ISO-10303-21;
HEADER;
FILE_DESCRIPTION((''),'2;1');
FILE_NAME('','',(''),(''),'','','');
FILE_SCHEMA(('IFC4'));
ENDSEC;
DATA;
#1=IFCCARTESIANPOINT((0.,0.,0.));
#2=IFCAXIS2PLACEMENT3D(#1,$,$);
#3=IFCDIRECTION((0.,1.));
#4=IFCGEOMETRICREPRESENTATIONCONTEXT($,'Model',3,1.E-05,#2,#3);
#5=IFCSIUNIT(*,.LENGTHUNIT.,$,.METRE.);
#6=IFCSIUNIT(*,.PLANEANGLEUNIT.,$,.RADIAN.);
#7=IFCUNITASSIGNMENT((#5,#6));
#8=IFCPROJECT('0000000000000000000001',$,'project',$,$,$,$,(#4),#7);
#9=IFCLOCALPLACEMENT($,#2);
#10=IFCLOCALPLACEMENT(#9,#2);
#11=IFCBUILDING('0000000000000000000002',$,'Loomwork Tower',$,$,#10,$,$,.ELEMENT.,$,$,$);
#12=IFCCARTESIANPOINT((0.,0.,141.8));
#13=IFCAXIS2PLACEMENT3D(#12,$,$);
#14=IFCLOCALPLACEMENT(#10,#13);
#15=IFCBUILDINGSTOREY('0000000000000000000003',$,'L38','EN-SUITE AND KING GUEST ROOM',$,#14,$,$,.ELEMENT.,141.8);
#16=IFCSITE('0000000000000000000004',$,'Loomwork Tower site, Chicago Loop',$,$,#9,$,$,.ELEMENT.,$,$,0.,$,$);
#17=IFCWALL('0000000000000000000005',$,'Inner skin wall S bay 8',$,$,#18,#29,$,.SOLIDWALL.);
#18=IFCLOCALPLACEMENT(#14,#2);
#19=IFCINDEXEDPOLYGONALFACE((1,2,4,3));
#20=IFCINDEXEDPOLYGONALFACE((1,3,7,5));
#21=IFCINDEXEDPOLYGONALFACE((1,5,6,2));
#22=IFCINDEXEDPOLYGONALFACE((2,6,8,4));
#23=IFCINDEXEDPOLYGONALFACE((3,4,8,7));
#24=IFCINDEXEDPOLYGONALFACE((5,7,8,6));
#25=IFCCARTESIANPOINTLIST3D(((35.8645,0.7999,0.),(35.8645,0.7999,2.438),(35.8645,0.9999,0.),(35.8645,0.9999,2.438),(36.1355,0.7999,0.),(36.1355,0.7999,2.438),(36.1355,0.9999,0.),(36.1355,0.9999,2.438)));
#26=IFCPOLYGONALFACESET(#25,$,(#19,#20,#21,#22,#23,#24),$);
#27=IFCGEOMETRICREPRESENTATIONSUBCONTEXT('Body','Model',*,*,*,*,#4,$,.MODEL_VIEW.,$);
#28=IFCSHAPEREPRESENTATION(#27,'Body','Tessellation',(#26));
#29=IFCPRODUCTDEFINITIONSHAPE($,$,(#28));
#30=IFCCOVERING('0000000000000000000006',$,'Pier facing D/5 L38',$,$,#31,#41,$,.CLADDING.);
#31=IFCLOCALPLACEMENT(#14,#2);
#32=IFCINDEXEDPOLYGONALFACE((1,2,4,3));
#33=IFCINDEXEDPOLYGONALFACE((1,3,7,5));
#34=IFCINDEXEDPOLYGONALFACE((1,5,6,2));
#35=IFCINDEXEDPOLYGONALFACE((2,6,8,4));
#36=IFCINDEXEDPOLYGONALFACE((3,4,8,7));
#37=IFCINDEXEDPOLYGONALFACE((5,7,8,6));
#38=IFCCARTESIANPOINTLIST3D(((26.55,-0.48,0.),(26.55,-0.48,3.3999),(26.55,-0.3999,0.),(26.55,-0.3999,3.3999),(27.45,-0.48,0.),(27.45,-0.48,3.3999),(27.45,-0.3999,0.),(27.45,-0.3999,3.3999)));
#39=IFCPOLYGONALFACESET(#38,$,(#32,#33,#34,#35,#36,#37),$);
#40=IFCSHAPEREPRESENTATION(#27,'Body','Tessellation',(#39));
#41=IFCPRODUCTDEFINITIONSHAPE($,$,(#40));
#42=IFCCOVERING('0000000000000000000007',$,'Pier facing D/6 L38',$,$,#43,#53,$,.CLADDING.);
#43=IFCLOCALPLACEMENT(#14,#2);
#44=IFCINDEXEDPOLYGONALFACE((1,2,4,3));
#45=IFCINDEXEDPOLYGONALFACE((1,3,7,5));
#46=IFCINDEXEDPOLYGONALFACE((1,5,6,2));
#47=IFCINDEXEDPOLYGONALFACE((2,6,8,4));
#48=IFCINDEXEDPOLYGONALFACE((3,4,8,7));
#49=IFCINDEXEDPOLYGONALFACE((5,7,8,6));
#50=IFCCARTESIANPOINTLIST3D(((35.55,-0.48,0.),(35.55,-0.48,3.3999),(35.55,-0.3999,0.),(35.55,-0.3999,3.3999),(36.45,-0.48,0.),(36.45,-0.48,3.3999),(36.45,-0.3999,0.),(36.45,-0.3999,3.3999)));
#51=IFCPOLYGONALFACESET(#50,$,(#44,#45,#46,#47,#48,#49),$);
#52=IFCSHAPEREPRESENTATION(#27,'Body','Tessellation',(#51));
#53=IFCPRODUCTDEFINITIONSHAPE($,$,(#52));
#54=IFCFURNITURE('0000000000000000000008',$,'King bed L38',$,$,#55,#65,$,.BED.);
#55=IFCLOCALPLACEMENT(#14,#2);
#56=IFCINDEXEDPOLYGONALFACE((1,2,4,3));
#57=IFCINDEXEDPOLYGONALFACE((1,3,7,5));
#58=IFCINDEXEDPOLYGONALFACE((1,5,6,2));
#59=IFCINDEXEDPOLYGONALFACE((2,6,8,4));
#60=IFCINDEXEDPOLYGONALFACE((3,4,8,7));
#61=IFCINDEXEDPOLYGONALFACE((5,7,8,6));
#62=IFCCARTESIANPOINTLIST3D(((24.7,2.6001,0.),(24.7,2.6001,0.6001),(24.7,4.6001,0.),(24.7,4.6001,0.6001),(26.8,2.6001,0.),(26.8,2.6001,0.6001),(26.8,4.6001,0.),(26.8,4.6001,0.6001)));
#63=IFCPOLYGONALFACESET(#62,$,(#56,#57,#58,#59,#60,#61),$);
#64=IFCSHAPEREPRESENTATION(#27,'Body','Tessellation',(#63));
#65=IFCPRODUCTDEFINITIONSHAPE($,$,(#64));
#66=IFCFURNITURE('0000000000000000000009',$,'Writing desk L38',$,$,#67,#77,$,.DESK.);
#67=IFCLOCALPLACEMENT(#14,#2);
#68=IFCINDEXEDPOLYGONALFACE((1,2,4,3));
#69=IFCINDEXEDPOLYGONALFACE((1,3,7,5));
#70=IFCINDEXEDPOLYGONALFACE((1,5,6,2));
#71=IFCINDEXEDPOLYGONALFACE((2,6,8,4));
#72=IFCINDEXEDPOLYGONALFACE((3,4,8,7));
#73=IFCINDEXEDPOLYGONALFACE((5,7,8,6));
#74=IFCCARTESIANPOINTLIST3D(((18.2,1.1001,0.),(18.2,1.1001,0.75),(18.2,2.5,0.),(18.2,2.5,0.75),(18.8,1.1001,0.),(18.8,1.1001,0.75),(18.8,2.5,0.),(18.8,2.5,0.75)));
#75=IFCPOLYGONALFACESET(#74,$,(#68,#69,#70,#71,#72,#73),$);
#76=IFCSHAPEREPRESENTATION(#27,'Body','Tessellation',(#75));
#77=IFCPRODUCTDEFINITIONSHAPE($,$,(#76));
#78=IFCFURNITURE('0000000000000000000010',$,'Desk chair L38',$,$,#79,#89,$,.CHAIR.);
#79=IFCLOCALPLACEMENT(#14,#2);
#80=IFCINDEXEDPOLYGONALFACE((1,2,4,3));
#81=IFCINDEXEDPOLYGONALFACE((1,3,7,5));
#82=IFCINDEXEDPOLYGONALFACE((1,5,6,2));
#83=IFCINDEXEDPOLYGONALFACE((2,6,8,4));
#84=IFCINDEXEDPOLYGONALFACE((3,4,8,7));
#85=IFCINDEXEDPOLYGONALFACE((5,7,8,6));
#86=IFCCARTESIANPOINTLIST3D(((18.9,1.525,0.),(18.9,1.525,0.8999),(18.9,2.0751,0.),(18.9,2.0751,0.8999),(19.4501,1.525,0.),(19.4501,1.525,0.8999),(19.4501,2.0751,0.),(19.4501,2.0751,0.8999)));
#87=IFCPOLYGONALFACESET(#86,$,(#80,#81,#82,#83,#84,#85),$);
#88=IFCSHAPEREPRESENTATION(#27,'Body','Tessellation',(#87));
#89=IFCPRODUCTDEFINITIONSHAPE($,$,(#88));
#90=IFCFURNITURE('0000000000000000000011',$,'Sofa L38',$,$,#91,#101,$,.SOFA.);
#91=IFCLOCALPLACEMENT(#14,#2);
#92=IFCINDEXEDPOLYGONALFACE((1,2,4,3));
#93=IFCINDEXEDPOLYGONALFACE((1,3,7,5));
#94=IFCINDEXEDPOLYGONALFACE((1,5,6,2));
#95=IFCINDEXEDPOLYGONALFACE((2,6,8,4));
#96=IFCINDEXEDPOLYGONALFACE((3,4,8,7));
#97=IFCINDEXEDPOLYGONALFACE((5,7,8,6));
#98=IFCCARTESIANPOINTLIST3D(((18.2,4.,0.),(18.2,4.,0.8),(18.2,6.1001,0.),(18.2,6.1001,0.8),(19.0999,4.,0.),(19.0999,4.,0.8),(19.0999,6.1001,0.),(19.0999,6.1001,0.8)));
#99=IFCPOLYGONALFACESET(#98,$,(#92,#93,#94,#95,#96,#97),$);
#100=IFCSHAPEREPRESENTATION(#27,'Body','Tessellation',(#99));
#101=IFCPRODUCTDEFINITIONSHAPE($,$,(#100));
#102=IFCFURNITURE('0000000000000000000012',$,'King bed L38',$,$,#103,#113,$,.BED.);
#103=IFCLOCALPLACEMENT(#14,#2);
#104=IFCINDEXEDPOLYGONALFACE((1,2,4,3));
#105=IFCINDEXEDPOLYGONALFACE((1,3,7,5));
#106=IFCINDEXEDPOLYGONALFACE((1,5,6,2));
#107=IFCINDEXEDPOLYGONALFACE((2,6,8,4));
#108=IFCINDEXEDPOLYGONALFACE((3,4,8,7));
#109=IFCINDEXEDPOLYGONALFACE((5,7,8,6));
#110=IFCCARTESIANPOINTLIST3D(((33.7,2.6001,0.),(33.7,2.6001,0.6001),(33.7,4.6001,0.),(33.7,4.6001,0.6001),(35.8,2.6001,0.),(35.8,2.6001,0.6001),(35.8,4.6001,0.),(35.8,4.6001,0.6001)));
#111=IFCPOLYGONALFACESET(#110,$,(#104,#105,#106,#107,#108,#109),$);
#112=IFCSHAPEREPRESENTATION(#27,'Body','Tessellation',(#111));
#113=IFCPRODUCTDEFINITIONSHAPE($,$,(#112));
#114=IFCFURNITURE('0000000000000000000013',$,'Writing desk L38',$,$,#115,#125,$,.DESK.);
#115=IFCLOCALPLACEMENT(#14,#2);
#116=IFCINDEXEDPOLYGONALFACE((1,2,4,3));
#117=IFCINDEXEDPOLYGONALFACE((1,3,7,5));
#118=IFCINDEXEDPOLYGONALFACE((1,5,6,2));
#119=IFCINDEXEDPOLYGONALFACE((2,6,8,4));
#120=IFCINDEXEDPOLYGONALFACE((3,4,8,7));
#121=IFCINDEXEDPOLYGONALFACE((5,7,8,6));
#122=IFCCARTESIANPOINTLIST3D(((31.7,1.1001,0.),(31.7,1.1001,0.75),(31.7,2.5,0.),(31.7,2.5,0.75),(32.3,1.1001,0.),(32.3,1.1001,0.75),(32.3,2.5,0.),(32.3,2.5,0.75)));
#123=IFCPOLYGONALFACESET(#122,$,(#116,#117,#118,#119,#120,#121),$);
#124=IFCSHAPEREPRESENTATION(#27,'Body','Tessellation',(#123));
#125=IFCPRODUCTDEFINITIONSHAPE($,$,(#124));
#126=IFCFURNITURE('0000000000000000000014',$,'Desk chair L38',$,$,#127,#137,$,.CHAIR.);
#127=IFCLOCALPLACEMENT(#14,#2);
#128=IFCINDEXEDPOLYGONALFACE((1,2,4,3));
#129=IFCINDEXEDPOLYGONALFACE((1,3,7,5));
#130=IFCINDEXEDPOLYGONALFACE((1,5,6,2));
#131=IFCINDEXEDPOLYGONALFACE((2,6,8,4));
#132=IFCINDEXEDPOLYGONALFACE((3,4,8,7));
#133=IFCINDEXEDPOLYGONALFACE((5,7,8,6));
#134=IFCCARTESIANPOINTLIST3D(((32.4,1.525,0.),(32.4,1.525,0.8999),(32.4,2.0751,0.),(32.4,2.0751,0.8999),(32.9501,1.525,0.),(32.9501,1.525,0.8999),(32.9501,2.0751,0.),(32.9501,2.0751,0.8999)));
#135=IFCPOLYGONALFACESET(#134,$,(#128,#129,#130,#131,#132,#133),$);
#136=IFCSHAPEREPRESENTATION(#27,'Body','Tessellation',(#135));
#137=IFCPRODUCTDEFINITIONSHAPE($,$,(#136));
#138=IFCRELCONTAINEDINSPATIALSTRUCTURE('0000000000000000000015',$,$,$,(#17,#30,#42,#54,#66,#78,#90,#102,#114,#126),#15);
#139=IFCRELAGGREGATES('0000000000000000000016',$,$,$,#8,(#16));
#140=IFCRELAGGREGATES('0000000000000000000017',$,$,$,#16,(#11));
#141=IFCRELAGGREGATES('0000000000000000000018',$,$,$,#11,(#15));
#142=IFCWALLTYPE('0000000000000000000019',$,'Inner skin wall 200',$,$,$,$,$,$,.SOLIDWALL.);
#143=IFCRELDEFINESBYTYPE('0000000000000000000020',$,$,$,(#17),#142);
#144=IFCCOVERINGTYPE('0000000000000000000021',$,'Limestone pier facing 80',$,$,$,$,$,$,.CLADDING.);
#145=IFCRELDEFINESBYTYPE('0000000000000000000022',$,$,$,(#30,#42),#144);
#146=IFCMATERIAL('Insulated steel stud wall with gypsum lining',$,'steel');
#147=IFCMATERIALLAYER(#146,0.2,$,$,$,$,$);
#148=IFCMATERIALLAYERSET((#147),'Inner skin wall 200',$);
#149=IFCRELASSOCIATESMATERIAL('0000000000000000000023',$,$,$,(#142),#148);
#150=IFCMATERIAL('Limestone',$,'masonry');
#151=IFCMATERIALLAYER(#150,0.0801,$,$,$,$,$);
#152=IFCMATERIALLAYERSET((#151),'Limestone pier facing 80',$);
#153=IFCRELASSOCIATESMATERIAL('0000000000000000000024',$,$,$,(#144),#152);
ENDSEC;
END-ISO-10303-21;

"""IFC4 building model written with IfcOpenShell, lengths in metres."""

from ifc_helpers import new_model, si_unit, direction, frame, frame_2d, origin, origin_2d, place, context, subcontext, project, spatial, rectangle, extrude, material, layer, layer_set, type_object, element, save


model = new_model("IFC4")

# Units and contexts
model_context = context("Model", 3, precision=1e-05, world=origin(), true_north=direction((0.0, 1.0)))
body_context = subcontext(model_context, "Body", "Model", "MODEL_VIEW")
ifc_project = project(units=[si_unit("LENGTHUNIT", "METRE"), si_unit("PLANEANGLEUNIT", "RADIAN")], contexts=[model_context])

# Site, building, storey
site_placement = place(None, origin())
site = spatial("IfcSite", under=ifc_project, at=site_placement, Name="Loomwork Tower site, Chicago Loop", CompositionType="ELEMENT", RefElevation=0.0)
building_placement = place(site_placement, origin())
building = spatial("IfcBuilding", under=site, at=building_placement, Name="Loomwork Tower", CompositionType="ELEMENT")
storey_placement = place(building_placement, frame((0.0, 0.0, 141.8)))
storey = spatial("IfcBuildingStorey", under=building, at=storey_placement, Name="L38", Description="EN-SUITE AND KING GUEST ROOM", CompositionType="ELEMENT", Elevation=141.8)

# Shared definitions
ifc_material_1 = material(Name="Insulated steel stud wall with gypsum lining", Category="steel")
ifc_layer_1 = layer(ifc_material_1, 0.2)
ifc_layer_set_1 = layer_set([ifc_layer_1], Name="Inner skin wall 200")
wall_type_1 = type_object("IfcWallType", Name="Inner skin wall 200", PredefinedType="SOLIDWALL", material=ifc_layer_set_1)

# Wall
wall_1_placement = place(storey_placement, frame((35.8645, 0.8999, 0.0), z_axis=(0.0, 0.0, 1.0), x_axis=(1.0, 0.0, 0.0)))
element("IfcWall", 1, at=wall_1_placement, inside=storey, type_object=wall_type_1, Name="Inner skin wall S bay 8", PredefinedType="SOLIDWALL", context=body_context, shape_type="SweptSolid", body=[
    extrude(rectangle(XDim=0.271, YDim=0.2, at=frame_2d((0.1355, 0.0))), origin(), (0.0, 0.0, 1.0), 2.438),
])

# Coverings
ifc_material_2 = material(Name="Limestone", Category="masonry")
ifc_layer_2 = layer(ifc_material_2, 0.0801)
ifc_layer_set_2 = layer_set([ifc_layer_2], Name="Limestone pier facing 80")
covering_type = type_object("IfcCoveringType", Name="Limestone pier facing 80", PredefinedType="CLADDING", material=ifc_layer_set_2)
for number, where, z_axis, x_axis, name in (
    (2, (27.0, -0.4399, 0.0), (0.0, 0.0, 1.0), (1.0, 0.0, 0.0), "Pier facing D/5 L38"),
    (3, (36.0, -0.4399, 0.0), (0.0, 0.0, 1.0), (1.0, 0.0, 0.0), "Pier facing D/6 L38"),
):
    element("IfcCovering", number, at=place(storey_placement, frame(where, z_axis=z_axis, x_axis=x_axis)), inside=storey, type_object=covering_type, Name=name, PredefinedType="CLADDING", context=body_context, shape_type="SweptSolid", body=[
        extrude(rectangle(XDim=0.8999, YDim=0.0801, at=origin_2d()), origin(), (0.0, 0.0, 1.0), 3.3999),
    ])

# Furniture
furniture_1_placement = place(storey_placement, frame((25.75, 3.6001, 0.0), z_axis=(0.0, 0.0, 1.0), x_axis=(1.0, 0.0, 0.0)))
element("IfcFurniture", 4, at=furniture_1_placement, inside=storey, Name="King bed L38", PredefinedType="BED", context=body_context, shape_type="SweptSolid", body=[
    extrude(rectangle(XDim=2.1001, YDim=2.0, at=origin_2d()), origin(), (0.0, 0.0, 1.0), 0.6001),
])
furniture_2_placement = place(storey_placement, frame((18.5, 1.8, 0.0), z_axis=(0.0, 0.0, 1.0), x_axis=(1.0, 0.0, 0.0)))
element("IfcFurniture", 5, at=furniture_2_placement, inside=storey, Name="Writing desk L38", PredefinedType="DESK", context=body_context, shape_type="SweptSolid", body=[
    extrude(rectangle(XDim=0.6001, YDim=1.3999, at=origin_2d()), origin(), (0.0, 0.0, 1.0), 0.75),
])
furniture_3_placement = place(storey_placement, frame((19.175, 1.8, 0.0), z_axis=(0.0, 0.0, 1.0), x_axis=(1.0, 0.0, 0.0)))
element("IfcFurniture", 6, at=furniture_3_placement, inside=storey, Name="Desk chair L38", PredefinedType="CHAIR", context=body_context, shape_type="SweptSolid", body=[
    extrude(rectangle(XDim=0.55, YDim=0.55, at=origin_2d()), origin(), (0.0, 0.0, 1.0), 0.8999),
])
furniture_4_placement = place(storey_placement, frame((18.6499, 5.05, 0.0), z_axis=(0.0, 0.0, 1.0), x_axis=(1.0, 0.0, 0.0)))
element("IfcFurniture", 7, at=furniture_4_placement, inside=storey, Name="Sofa L38", PredefinedType="SOFA", context=body_context, shape_type="SweptSolid", body=[
    extrude(rectangle(XDim=0.8999, YDim=2.1001, at=origin_2d()), origin(), (0.0, 0.0, 1.0), 0.8),
])
furniture_5_placement = place(storey_placement, frame((34.75, 3.6001, 0.0), z_axis=(0.0, 0.0, 1.0), x_axis=(1.0, 0.0, 0.0)))
element("IfcFurniture", 8, at=furniture_5_placement, inside=storey, Name="King bed L38", PredefinedType="BED", context=body_context, shape_type="SweptSolid", body=[
    extrude(rectangle(XDim=2.1001, YDim=2.0, at=origin_2d()), origin(), (0.0, 0.0, 1.0), 0.6001),
])
furniture_6_placement = place(storey_placement, frame((32.0, 1.8, 0.0), z_axis=(0.0, 0.0, 1.0), x_axis=(1.0, 0.0, 0.0)))
element("IfcFurniture", 9, at=furniture_6_placement, inside=storey, Name="Writing desk L38", PredefinedType="DESK", context=body_context, shape_type="SweptSolid", body=[
    extrude(rectangle(XDim=0.6001, YDim=1.3999, at=origin_2d()), origin(), (0.0, 0.0, 1.0), 0.75),
])
furniture_7_placement = place(storey_placement, frame((32.675, 1.8, 0.0), z_axis=(0.0, 0.0, 1.0), x_axis=(1.0, 0.0, 0.0)))
element("IfcFurniture", 10, at=furniture_7_placement, inside=storey, Name="Desk chair L38", PredefinedType="CHAIR", context=body_context, shape_type="SweptSolid", body=[
    extrude(rectangle(XDim=0.55, YDim=0.55, at=origin_2d()), origin(), (0.0, 0.0, 1.0), 0.8999),
])

save(model, "model.ifc")
